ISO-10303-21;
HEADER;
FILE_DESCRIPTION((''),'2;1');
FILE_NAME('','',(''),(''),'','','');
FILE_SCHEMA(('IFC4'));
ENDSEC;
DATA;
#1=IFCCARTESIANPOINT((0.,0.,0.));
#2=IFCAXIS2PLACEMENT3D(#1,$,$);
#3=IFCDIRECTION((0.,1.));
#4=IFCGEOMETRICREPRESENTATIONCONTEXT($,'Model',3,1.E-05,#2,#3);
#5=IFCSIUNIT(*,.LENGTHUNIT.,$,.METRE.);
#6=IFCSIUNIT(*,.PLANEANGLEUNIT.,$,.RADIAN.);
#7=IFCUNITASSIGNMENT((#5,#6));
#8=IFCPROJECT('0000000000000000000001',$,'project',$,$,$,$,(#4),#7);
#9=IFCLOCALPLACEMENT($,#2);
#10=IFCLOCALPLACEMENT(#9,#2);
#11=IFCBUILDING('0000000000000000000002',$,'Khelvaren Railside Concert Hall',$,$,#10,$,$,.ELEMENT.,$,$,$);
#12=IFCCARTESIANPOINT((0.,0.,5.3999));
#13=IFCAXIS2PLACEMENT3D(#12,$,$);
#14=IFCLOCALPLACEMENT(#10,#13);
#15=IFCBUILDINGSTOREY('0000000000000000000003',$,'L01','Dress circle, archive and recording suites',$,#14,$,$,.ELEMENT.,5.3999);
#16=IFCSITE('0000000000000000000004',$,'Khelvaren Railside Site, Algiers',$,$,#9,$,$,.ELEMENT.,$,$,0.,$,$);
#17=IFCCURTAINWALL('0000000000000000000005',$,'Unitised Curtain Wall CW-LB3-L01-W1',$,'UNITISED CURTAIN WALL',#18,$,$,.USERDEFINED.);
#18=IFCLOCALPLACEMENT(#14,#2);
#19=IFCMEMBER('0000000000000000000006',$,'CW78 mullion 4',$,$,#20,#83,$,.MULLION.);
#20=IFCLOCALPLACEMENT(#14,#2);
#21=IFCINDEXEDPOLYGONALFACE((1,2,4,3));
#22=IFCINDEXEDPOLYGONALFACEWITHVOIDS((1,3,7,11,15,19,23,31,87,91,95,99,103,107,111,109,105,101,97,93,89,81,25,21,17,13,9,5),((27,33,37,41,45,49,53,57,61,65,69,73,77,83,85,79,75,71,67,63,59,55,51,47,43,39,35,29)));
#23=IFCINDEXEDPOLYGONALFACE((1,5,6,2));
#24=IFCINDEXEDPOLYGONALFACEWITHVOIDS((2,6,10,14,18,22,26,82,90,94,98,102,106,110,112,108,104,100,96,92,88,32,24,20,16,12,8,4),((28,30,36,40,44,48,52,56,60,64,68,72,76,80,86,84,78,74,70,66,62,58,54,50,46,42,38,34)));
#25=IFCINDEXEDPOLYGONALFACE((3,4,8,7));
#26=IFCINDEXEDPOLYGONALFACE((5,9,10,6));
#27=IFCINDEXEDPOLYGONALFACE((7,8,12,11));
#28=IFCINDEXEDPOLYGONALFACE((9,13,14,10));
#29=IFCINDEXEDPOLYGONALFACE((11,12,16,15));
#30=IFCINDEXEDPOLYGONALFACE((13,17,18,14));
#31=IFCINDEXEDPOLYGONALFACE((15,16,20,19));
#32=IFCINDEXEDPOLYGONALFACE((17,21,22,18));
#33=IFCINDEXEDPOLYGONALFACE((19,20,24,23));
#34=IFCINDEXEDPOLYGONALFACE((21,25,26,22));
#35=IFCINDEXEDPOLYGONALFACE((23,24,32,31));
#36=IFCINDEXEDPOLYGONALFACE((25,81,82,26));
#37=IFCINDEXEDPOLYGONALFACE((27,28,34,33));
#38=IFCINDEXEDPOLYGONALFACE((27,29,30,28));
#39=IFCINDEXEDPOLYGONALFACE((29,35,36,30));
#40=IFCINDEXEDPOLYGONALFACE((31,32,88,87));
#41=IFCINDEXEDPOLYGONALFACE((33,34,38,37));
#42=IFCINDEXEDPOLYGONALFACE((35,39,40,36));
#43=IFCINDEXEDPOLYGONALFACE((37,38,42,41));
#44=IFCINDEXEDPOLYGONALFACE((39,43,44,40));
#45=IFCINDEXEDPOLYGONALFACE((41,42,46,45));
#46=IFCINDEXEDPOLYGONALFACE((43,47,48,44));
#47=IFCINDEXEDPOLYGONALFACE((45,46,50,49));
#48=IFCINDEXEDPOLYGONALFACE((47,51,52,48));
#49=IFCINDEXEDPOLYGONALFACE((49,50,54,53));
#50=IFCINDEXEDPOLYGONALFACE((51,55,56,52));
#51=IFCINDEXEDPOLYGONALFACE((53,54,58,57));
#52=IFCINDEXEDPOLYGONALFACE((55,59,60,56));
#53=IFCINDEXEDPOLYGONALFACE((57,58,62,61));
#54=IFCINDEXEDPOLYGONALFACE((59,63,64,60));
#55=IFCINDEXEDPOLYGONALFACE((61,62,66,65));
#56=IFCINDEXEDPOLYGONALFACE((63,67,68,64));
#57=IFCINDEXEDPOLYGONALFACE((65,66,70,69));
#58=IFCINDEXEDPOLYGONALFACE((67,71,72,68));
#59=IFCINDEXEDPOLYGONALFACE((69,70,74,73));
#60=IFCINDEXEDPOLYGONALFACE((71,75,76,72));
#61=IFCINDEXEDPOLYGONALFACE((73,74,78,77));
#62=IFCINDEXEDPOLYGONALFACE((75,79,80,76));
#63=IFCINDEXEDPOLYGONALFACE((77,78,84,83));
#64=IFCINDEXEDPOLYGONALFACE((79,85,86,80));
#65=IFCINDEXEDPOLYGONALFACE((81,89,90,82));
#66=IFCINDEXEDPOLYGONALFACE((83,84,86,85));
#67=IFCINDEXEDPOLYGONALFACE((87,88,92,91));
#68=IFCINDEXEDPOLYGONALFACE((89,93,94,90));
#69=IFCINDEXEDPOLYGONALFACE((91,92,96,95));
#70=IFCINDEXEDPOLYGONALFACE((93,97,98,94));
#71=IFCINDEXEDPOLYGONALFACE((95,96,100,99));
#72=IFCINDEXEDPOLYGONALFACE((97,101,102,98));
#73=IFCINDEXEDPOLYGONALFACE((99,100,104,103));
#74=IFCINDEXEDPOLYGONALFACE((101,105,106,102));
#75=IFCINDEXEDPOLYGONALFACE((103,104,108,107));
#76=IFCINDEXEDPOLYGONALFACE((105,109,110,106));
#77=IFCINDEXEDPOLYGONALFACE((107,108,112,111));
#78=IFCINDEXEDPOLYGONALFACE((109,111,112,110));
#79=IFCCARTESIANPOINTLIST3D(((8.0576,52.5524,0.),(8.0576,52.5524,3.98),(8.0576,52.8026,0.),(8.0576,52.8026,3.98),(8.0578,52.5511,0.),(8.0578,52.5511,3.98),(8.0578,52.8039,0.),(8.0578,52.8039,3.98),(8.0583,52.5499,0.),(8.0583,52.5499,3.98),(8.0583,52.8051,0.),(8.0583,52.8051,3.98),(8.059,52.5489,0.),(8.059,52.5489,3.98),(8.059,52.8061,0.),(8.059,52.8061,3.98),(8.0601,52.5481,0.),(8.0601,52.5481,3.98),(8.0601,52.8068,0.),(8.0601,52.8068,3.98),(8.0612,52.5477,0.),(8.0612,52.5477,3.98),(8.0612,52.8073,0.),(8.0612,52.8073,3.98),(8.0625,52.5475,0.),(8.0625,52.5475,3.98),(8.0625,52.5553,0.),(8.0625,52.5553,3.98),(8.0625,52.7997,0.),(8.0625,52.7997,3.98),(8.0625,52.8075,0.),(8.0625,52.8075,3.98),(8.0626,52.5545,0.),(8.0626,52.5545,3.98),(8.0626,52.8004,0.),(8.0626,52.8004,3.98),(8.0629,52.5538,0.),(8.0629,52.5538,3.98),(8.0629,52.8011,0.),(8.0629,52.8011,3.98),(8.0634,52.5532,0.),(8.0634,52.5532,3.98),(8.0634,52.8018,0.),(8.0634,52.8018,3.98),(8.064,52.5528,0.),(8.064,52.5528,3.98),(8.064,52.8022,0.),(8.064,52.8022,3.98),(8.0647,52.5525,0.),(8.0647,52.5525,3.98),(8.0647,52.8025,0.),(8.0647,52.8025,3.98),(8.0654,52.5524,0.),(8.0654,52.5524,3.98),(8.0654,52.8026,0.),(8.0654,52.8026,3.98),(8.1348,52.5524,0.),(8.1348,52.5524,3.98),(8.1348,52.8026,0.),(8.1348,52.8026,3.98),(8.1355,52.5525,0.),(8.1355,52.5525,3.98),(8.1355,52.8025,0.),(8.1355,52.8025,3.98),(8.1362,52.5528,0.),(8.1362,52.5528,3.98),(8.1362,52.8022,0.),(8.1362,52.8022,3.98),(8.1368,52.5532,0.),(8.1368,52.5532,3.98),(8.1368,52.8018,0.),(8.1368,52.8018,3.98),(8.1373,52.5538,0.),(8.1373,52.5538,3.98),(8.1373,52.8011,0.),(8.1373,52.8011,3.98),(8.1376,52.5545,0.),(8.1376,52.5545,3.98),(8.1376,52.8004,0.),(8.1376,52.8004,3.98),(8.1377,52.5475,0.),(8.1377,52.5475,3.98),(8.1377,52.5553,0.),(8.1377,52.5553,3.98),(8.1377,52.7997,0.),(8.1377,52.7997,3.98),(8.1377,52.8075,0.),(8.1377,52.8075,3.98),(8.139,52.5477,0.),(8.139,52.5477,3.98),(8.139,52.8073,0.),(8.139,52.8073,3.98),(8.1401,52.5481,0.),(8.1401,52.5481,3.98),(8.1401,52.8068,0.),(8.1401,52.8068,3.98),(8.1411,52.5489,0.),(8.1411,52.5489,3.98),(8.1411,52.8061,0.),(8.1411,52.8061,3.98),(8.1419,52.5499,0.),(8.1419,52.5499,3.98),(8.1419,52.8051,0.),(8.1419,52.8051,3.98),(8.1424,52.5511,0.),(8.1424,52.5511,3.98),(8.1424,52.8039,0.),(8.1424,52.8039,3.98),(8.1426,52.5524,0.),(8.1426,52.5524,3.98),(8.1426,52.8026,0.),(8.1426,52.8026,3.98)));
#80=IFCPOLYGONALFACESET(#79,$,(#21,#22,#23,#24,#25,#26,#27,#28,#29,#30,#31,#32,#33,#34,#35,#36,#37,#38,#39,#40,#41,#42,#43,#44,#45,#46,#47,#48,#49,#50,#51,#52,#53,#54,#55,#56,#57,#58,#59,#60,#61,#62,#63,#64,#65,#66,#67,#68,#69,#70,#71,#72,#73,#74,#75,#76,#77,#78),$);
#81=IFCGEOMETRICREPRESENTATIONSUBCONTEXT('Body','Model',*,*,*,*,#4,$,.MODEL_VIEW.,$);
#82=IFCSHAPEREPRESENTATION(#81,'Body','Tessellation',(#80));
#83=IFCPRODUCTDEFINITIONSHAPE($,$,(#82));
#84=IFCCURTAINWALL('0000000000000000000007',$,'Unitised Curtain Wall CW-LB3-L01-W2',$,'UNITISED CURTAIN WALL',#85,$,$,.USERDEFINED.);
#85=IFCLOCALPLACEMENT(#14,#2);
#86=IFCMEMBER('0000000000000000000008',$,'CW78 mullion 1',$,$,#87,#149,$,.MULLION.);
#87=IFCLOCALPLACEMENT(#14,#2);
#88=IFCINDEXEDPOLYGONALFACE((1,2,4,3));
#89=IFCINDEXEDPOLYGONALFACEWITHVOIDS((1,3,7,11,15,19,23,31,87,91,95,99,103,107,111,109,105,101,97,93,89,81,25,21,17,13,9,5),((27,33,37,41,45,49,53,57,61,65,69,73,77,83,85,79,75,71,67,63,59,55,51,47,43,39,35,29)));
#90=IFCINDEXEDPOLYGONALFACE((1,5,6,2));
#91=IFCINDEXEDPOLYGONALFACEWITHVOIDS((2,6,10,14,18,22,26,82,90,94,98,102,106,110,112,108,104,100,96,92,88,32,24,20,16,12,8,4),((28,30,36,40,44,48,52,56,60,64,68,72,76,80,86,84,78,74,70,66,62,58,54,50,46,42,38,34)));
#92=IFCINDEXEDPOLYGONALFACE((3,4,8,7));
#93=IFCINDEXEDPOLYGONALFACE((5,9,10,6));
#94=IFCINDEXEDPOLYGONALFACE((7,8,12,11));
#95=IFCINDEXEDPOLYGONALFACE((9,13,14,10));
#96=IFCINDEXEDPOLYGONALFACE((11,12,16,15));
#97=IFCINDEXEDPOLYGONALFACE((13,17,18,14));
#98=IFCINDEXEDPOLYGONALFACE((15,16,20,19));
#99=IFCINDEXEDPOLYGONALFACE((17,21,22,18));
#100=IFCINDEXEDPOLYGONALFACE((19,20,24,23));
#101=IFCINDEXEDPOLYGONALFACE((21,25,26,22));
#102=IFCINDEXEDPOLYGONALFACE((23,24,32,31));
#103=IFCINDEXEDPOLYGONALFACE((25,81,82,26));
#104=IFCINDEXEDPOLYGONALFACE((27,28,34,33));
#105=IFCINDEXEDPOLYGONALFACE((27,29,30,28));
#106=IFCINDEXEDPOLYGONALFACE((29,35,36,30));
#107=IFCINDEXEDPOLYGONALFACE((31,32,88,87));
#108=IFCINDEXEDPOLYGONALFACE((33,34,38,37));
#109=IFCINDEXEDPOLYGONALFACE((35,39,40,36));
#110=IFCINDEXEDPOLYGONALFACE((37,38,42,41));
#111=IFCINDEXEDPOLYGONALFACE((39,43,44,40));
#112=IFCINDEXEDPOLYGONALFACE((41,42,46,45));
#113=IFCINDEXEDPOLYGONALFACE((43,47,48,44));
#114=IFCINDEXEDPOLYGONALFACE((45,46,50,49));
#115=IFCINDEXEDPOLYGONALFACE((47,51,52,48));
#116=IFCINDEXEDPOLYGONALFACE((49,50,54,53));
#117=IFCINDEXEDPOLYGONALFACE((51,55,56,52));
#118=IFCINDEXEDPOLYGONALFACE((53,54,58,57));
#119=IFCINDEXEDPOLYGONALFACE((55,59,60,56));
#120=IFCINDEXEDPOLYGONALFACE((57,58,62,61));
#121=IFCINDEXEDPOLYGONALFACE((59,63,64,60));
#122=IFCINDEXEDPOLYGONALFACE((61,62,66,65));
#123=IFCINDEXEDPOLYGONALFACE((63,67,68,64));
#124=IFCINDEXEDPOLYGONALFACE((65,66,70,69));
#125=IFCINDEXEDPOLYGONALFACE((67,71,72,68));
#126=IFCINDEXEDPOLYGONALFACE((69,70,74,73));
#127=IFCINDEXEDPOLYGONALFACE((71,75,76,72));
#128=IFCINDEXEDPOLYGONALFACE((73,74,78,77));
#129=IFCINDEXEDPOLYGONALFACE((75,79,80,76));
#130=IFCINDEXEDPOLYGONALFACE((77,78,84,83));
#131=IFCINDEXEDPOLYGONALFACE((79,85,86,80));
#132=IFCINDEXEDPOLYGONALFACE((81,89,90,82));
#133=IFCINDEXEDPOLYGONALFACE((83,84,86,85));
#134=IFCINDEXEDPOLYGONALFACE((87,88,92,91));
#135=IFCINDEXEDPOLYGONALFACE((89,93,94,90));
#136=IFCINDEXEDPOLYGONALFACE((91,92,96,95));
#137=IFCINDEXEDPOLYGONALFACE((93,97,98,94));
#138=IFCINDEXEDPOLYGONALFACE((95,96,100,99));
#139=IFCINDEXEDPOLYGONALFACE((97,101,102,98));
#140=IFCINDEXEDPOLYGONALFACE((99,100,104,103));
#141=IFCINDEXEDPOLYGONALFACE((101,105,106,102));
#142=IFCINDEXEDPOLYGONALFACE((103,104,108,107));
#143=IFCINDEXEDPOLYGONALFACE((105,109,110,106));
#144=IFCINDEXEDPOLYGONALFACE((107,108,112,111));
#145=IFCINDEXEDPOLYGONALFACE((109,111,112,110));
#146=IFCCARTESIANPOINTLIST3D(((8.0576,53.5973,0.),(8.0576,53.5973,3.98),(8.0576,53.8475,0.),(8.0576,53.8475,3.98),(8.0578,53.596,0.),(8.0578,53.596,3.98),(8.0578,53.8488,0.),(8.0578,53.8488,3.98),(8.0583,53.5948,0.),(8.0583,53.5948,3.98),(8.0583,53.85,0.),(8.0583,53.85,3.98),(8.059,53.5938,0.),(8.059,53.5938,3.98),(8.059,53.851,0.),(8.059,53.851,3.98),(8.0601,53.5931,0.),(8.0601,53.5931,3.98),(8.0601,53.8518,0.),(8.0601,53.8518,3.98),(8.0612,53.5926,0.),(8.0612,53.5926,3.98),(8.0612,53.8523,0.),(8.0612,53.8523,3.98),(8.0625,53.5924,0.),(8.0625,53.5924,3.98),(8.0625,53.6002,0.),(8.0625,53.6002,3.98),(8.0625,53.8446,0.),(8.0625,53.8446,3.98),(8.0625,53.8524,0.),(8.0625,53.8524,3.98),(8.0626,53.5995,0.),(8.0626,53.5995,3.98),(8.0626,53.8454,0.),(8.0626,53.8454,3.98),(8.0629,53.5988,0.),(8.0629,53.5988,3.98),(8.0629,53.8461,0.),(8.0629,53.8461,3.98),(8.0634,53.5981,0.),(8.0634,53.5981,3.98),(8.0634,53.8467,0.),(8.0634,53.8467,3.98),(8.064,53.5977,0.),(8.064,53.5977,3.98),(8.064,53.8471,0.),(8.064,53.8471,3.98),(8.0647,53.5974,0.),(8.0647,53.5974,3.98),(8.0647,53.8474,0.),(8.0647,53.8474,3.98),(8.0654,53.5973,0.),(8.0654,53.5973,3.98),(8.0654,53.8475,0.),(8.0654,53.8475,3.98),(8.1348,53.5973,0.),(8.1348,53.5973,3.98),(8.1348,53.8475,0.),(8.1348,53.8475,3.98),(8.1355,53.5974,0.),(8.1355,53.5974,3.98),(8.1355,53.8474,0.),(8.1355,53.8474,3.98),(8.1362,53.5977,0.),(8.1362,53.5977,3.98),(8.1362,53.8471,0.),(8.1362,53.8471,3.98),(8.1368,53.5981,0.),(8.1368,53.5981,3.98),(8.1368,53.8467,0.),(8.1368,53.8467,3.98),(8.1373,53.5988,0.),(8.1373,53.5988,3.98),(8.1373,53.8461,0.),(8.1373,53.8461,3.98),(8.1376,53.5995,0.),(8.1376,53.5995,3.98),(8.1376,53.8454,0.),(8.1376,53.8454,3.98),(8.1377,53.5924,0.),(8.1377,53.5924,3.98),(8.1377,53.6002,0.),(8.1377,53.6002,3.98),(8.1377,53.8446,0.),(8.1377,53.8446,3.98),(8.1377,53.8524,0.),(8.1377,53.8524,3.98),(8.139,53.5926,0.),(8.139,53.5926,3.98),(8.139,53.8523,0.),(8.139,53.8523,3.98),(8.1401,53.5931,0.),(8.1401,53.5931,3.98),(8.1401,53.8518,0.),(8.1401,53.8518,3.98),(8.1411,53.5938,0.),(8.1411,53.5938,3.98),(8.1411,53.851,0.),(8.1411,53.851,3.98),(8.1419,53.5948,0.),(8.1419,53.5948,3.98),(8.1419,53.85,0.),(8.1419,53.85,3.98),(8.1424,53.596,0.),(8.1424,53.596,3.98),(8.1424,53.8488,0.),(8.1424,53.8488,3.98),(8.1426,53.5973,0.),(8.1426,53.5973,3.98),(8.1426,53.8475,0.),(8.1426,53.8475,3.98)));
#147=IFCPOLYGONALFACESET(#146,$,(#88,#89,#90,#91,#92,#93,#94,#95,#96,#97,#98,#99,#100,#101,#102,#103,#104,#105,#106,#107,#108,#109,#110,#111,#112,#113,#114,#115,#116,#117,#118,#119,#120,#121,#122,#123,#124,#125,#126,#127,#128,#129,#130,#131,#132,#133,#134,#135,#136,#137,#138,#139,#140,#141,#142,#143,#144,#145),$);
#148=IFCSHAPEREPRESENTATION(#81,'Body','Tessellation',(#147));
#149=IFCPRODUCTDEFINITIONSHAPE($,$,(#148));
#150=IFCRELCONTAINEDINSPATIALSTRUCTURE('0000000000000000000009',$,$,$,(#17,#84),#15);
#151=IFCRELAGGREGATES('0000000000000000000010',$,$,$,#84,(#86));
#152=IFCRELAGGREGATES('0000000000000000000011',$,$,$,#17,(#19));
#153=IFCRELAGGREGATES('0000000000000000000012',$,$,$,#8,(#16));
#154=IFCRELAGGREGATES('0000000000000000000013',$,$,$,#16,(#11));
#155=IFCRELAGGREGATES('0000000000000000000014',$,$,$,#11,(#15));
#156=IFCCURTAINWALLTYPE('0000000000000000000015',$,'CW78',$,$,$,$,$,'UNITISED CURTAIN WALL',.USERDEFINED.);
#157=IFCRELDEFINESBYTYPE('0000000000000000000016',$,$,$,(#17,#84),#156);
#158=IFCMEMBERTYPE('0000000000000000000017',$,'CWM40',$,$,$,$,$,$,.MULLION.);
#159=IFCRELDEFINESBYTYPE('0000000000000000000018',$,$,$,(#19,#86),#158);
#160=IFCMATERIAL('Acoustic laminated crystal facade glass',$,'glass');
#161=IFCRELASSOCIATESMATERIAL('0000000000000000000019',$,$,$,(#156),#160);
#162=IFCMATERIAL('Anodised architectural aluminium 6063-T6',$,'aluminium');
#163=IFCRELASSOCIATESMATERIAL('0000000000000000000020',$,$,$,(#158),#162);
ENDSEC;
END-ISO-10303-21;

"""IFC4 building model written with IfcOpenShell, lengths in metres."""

from ifc_helpers import new_model, si_unit, direction, frame, origin, origin_2d, place, context, subcontext, project, spatial, hollow_rectangle, extrude, material, material_profile, profile_set, type_object, element, aggregate, save


model = new_model("IFC4")

# Units and contexts
model_context = context("Model", 3, precision=1e-05, world=origin(), true_north=direction((0.0, 1.0)))
body_context = subcontext(model_context, "Body", "Model", "MODEL_VIEW")
ifc_project = project(units=[si_unit("LENGTHUNIT", "METRE"), si_unit("PLANEANGLEUNIT", "RADIAN")], contexts=[model_context])

# Site, building, storey
site_placement = place(None, origin())
site = spatial("IfcSite", under=ifc_project, at=site_placement, Name="Khelvaren Railside Site, Algiers", CompositionType="ELEMENT", RefElevation=0.0)
building_placement = place(site_placement, origin())
building = spatial("IfcBuilding", under=site, at=building_placement, Name="Khelvaren Railside Concert Hall", CompositionType="ELEMENT")
storey_placement = place(building_placement, frame((0.0, 0.0, 5.3999)))
storey = spatial("IfcBuildingStorey", under=building, at=storey_placement, Name="L01", Description="Dress circle, archive and recording suites", CompositionType="ELEMENT", Elevation=5.3999)

# Curtain wall, member
ifc_material_1 = material(Name="Acoustic laminated crystal facade glass", Category="glass")
curtain_wall_type = type_object("IfcCurtainWallType", Name="CW78", ElementType="UNITISED CURTAIN WALL", PredefinedType="USERDEFINED", material=ifc_material_1)
curtain_wall_1_placement = place(storey_placement, origin())
curtain_wall_1 = element("IfcCurtainWall", 1, at=curtain_wall_1_placement, inside=storey, type_object=curtain_wall_type, Name="Unitised Curtain Wall CW-LB3-L01-W1", ObjectType="UNITISED CURTAIN WALL", PredefinedType="USERDEFINED")
ifc_material_2 = material(Name="Anodised architectural aluminium 6063-T6", Category="aluminium")
ifc_material_profile_1 = material_profile(ifc_material_2, hollow_rectangle(XDim=0.085, YDim=0.26, WallThickness=0.0049, InnerFilletRadius=0.0029, OuterFilletRadius=0.0049, at=origin_2d()), Name="CWM 85x260x5")
ifc_profile_set_1 = profile_set([ifc_material_profile_1], Name="Anodised architectural aluminium 6063-T6")
member_type_1 = type_object("IfcMemberType", Name="CWM40", PredefinedType="MULLION", material=ifc_profile_set_1)
member_1_placement = place(storey_placement, frame((8.1001, 52.6775, 0.0), z_axis=(0.0, 0.0, 1.0), x_axis=(-1.0, 0.0, 0.0)))
member_1 = element("IfcMember", 2, at=member_1_placement, type_object=member_type_1, Name="CW78 mullion 4", PredefinedType="MULLION", context=body_context, shape_type="SweptSolid", body=[
    extrude(hollow_rectangle(XDim=0.085, YDim=0.26, WallThickness=0.0049, InnerFilletRadius=0.0029, OuterFilletRadius=0.0049, at=origin_2d()), origin(), (0.0, 0.0, 1.0), 3.98),
])

# Curtain wall, member
curtain_wall_2_placement = place(storey_placement, origin())
curtain_wall_2 = element("IfcCurtainWall", 3, at=curtain_wall_2_placement, inside=storey, type_object=curtain_wall_type, Name="Unitised Curtain Wall CW-LB3-L01-W2", ObjectType="UNITISED CURTAIN WALL", PredefinedType="USERDEFINED")
member_2_placement = place(storey_placement, frame((8.1001, 53.7224, 0.0), z_axis=(0.0, 0.0, 1.0), x_axis=(-1.0, 0.0, 0.0)))
member_2 = element("IfcMember", 4, at=member_2_placement, type_object=member_type_1, Name="CW78 mullion 1", PredefinedType="MULLION", context=body_context, shape_type="SweptSolid", body=[
    extrude(hollow_rectangle(XDim=0.085, YDim=0.26, WallThickness=0.0049, InnerFilletRadius=0.0029, OuterFilletRadius=0.0049, at=origin_2d()), origin(), (0.0, 0.0, 1.0), 3.98),
])

aggregate(curtain_wall_2, [member_2])

aggregate(curtain_wall_1, [member_1])

save(model, "model.ifc")
